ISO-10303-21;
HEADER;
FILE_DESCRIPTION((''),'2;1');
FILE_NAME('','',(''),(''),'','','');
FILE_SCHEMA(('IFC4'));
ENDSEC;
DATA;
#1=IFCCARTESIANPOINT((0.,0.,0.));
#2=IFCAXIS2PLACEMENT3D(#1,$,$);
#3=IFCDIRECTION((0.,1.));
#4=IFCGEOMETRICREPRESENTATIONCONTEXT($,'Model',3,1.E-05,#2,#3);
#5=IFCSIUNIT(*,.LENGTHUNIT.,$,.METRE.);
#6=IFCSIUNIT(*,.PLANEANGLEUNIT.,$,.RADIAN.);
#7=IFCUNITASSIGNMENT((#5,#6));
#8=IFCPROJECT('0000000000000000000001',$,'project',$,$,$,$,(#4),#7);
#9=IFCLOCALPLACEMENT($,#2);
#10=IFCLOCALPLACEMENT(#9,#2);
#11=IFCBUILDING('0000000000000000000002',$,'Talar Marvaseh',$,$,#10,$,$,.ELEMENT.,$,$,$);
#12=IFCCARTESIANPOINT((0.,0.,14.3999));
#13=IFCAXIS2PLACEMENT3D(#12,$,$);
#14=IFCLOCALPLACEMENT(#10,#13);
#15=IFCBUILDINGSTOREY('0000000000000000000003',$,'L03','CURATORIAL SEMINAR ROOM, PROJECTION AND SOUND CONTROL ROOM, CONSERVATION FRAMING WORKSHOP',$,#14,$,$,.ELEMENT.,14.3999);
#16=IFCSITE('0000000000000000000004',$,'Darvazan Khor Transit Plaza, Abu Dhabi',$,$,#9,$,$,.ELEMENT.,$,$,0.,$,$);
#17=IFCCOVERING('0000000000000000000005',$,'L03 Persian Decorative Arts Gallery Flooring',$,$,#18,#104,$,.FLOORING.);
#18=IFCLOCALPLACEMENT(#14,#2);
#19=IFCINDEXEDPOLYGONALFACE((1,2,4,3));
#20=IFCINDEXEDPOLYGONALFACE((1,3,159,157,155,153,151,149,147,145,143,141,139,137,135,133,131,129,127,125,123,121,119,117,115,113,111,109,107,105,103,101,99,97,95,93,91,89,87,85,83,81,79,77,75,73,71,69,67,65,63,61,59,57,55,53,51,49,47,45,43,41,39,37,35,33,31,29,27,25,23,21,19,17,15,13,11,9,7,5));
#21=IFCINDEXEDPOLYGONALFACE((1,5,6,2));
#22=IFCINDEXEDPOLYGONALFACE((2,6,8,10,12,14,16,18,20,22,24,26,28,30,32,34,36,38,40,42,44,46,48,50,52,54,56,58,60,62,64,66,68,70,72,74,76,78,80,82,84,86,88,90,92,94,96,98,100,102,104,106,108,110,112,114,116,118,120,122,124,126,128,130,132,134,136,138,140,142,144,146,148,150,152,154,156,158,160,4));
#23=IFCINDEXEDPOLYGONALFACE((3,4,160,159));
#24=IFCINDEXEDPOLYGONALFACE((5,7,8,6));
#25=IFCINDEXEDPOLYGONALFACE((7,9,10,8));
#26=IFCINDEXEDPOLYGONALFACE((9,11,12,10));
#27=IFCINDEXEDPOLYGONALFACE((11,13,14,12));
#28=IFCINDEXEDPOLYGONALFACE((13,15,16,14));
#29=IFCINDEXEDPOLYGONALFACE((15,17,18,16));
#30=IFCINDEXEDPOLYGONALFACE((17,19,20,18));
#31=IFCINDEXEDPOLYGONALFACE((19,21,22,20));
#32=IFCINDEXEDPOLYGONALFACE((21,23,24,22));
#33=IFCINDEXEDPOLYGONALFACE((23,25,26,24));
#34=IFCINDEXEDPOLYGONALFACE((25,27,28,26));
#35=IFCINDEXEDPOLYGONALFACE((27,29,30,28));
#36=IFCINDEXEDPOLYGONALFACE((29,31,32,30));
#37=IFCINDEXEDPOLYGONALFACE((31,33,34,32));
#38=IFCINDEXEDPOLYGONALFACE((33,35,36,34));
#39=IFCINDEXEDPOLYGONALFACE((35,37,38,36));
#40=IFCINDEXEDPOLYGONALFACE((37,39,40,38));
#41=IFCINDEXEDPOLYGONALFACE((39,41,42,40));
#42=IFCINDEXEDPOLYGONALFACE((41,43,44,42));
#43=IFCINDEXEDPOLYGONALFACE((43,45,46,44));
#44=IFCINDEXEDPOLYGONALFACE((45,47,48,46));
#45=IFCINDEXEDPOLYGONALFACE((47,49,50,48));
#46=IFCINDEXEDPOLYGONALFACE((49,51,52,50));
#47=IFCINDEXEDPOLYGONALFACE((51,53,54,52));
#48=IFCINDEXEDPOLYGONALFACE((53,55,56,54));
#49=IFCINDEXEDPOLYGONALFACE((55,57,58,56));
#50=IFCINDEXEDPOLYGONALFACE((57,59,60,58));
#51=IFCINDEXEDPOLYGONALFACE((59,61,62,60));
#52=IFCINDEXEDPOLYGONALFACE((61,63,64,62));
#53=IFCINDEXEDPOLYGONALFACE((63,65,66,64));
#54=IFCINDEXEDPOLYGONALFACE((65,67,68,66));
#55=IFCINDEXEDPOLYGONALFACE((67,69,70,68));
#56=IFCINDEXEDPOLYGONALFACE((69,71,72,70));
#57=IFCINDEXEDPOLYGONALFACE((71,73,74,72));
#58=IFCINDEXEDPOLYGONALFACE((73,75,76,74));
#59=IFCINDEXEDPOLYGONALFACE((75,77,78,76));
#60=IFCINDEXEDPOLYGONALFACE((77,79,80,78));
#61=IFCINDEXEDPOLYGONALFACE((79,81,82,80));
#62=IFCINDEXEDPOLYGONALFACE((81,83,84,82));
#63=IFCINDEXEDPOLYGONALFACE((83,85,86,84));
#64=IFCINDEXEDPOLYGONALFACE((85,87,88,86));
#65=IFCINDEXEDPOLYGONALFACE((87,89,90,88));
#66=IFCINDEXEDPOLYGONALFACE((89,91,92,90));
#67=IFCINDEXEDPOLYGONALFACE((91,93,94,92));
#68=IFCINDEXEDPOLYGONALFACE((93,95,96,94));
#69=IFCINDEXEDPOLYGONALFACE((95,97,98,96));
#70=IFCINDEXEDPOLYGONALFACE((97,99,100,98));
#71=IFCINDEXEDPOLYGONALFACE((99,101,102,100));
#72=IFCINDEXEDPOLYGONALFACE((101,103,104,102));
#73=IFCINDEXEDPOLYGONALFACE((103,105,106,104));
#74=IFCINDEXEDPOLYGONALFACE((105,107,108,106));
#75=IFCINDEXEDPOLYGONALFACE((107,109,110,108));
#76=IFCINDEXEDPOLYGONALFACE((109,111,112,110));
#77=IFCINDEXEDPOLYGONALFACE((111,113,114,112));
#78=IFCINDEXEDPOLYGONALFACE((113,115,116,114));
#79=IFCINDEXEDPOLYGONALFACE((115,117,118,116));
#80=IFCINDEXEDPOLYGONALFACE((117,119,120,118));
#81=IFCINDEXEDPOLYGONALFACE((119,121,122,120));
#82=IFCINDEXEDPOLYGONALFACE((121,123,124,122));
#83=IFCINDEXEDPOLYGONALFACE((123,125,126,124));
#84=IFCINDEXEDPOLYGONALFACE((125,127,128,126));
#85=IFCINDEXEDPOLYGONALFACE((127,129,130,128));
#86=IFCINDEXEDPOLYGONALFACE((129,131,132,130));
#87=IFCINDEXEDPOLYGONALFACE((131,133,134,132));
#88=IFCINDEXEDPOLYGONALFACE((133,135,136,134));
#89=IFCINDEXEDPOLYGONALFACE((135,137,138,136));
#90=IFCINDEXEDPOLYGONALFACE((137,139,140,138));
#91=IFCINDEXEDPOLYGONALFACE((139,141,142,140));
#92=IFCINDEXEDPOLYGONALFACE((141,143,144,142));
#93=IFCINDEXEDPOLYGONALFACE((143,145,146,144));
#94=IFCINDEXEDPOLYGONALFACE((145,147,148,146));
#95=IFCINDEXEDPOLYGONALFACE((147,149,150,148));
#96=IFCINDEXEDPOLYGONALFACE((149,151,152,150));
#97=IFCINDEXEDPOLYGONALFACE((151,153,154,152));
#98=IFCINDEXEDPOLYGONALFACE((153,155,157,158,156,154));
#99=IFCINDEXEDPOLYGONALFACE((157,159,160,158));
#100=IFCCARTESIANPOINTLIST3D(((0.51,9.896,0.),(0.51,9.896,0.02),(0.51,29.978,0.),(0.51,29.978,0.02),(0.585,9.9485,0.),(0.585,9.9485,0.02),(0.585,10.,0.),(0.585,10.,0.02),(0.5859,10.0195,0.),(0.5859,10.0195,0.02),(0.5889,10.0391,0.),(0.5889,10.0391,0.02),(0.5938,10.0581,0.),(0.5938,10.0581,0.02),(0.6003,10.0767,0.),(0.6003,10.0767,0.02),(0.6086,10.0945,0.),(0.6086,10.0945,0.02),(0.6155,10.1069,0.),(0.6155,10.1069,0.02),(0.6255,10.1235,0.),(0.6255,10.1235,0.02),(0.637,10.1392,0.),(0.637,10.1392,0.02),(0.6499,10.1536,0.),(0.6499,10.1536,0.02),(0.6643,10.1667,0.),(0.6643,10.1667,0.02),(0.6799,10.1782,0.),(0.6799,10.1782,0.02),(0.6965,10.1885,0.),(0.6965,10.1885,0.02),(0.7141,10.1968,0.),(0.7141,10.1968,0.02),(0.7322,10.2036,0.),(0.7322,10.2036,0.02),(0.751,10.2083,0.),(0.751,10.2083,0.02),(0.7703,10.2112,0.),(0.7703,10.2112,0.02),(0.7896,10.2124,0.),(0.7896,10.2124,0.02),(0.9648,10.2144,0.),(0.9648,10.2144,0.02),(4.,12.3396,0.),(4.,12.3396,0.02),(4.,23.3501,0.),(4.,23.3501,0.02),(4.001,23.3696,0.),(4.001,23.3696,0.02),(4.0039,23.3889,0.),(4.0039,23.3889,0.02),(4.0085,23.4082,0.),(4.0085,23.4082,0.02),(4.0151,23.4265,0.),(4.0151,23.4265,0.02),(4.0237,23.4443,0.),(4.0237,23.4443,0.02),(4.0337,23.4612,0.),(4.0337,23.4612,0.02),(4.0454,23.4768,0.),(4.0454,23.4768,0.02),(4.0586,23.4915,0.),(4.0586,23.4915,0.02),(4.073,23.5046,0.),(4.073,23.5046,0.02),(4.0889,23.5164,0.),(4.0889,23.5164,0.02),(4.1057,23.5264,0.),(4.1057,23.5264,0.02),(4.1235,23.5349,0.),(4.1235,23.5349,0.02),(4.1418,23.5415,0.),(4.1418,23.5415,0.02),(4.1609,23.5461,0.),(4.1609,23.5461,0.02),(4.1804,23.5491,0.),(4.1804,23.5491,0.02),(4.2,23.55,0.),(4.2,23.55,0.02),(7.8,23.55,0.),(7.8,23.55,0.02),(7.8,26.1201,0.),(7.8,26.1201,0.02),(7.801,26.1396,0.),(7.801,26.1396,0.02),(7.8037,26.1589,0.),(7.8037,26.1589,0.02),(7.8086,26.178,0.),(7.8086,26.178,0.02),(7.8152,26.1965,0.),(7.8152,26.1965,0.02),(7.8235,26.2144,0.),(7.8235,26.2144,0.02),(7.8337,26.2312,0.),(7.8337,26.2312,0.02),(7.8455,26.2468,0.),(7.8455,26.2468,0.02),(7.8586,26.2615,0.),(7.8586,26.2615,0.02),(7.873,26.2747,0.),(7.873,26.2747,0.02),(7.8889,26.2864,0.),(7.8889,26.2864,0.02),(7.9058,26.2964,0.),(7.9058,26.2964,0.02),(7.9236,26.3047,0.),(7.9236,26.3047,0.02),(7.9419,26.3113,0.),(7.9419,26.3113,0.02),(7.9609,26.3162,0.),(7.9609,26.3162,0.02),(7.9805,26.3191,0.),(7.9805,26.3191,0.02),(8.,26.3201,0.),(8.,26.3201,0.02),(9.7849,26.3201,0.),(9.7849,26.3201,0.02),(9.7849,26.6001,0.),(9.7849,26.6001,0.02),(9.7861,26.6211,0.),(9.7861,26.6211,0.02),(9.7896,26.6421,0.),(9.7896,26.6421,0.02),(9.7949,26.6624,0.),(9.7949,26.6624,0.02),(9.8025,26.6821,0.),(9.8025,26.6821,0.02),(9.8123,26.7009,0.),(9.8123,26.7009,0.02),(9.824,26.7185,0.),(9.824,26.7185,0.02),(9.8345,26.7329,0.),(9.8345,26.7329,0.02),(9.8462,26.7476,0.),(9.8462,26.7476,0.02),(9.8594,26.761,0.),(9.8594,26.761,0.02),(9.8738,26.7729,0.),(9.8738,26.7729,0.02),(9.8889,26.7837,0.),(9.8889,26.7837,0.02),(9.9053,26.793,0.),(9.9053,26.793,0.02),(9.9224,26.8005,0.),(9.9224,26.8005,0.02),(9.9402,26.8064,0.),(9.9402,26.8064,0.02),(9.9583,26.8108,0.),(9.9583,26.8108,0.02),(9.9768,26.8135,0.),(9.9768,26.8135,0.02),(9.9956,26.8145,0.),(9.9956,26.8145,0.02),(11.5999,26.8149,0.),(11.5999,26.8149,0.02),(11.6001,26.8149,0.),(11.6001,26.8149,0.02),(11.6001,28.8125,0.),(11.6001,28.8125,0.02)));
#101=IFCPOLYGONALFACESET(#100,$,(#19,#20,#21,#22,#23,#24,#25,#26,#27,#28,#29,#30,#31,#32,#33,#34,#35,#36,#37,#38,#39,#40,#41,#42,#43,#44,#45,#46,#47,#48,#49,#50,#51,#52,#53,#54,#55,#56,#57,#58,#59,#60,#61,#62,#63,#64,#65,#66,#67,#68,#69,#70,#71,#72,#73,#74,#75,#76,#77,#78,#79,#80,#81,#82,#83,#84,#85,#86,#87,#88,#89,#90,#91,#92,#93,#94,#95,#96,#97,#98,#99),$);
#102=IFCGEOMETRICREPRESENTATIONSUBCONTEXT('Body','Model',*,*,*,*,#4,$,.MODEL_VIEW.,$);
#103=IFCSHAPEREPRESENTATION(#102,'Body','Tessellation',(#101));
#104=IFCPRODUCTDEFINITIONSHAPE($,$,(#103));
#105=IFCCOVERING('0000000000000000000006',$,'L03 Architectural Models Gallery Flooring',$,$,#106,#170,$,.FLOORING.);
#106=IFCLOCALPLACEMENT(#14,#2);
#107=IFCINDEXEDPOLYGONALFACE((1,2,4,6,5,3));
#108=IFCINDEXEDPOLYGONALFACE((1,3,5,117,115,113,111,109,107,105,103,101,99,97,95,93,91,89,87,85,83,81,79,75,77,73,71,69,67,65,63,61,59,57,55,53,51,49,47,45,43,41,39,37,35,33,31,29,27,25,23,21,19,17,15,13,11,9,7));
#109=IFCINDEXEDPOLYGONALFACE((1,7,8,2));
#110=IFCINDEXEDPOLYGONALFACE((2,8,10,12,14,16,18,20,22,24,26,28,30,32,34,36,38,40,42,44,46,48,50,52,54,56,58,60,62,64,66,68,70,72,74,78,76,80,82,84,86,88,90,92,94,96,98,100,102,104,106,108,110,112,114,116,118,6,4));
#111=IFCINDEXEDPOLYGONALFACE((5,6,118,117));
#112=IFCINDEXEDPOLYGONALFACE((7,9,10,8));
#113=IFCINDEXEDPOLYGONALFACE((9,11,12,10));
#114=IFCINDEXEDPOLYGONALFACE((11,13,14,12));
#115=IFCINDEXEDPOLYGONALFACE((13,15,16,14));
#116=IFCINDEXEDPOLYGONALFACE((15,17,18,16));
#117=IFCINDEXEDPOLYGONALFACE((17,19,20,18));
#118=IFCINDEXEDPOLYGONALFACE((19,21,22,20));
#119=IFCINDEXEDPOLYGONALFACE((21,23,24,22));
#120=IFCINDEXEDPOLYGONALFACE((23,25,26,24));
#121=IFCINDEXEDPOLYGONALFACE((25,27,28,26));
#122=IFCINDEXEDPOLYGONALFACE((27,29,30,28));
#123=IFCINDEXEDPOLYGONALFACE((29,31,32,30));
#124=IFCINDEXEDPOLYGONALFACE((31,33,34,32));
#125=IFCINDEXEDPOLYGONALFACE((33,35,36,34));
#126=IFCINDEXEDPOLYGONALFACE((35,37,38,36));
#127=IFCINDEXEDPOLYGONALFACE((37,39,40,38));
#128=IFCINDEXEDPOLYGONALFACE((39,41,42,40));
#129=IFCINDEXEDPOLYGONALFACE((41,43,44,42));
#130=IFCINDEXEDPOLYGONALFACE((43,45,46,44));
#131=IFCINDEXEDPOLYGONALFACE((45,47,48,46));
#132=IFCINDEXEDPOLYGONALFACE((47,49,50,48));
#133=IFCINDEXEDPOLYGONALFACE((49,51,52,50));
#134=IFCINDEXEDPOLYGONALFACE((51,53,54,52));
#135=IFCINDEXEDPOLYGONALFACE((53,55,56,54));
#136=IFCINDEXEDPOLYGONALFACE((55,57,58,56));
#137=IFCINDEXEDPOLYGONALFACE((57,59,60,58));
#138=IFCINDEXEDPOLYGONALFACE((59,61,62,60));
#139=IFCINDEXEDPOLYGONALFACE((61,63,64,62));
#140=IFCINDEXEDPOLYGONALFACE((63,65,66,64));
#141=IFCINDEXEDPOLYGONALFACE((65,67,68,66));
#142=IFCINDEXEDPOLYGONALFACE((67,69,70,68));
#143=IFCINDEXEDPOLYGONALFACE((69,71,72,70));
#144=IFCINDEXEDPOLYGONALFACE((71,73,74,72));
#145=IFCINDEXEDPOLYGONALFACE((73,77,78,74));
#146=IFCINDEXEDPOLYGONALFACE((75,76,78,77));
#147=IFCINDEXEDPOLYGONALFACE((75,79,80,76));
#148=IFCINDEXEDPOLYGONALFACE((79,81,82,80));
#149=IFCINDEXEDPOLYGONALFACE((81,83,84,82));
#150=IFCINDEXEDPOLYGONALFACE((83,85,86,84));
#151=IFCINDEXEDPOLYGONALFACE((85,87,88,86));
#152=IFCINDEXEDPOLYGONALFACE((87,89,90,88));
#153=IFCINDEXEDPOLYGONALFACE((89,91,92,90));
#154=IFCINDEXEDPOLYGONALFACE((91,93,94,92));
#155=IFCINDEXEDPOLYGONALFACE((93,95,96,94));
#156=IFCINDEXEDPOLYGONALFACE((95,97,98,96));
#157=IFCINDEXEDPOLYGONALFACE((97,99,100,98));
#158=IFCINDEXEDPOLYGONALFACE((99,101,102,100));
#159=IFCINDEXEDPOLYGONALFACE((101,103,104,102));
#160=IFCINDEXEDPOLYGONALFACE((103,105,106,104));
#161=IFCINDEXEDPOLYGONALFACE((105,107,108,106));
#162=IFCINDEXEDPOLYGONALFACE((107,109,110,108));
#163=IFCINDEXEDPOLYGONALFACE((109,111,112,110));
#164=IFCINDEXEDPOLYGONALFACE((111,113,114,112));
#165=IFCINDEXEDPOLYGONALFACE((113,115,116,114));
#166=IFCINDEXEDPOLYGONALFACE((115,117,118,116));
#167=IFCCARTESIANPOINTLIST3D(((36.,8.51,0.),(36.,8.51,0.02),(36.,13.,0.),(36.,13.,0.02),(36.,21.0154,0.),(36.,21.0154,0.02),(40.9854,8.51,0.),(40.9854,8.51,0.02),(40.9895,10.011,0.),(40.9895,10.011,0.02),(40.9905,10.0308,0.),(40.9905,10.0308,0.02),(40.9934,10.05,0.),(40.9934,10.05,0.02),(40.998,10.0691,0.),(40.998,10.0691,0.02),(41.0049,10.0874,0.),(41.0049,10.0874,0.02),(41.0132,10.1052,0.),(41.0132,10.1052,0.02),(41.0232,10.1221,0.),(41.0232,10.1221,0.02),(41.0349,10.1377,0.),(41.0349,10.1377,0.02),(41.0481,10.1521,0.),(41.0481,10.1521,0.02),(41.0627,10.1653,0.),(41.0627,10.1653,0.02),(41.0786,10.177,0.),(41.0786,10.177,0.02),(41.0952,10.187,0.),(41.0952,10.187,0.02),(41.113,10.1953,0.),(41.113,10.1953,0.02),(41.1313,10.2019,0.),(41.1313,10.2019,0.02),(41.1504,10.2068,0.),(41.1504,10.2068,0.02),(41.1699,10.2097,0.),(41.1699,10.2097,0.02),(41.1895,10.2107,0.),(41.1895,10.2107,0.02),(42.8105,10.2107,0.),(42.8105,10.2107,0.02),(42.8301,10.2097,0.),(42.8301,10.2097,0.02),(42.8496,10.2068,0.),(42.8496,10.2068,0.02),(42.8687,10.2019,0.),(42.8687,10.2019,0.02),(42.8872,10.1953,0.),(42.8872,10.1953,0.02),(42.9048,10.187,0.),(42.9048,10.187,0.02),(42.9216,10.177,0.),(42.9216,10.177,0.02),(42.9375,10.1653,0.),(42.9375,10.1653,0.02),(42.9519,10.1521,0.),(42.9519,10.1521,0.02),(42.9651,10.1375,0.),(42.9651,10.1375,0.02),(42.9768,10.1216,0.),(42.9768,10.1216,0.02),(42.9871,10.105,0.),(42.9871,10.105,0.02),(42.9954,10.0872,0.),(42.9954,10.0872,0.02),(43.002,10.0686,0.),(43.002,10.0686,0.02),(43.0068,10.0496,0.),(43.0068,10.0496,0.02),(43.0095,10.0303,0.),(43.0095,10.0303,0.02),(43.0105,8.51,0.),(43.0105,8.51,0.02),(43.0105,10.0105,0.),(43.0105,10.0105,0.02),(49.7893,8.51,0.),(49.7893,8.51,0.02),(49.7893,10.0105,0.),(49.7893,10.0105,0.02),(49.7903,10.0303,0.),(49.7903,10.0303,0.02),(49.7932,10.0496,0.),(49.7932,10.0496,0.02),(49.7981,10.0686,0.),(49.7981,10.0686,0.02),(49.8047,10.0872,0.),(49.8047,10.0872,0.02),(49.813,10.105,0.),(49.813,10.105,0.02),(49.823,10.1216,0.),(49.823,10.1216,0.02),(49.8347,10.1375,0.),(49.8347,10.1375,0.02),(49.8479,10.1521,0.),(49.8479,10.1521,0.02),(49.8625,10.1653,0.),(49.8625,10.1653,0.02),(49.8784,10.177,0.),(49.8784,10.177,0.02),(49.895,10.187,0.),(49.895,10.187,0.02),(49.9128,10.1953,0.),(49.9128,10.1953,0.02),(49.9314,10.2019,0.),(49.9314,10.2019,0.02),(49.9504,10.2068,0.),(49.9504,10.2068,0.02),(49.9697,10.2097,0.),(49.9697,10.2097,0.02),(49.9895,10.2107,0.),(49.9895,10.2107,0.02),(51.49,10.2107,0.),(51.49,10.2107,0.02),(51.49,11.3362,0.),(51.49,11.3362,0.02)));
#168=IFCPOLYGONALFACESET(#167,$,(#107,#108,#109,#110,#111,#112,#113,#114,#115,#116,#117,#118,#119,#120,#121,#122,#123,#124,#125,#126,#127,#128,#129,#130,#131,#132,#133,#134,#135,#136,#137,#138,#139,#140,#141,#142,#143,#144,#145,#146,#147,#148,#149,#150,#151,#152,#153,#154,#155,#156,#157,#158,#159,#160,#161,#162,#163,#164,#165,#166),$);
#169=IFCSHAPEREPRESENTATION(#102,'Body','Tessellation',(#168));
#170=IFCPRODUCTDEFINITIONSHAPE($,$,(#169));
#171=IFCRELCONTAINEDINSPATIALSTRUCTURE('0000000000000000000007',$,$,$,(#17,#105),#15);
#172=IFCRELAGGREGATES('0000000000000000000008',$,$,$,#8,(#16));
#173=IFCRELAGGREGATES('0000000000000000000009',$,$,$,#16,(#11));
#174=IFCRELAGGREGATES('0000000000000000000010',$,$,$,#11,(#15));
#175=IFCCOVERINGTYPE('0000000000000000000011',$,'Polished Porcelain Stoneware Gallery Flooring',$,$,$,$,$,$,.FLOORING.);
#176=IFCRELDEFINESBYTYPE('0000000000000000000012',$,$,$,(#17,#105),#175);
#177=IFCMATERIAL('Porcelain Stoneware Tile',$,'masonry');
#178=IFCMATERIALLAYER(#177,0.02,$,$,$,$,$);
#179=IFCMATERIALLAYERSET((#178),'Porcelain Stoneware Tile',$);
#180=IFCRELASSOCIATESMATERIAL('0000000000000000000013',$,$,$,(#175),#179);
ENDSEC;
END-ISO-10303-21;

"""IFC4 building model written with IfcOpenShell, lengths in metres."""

from ifc_helpers import new_model, si_unit, direction, frame, origin, place, context, subcontext, project, spatial, polyline, outline, extrude, material, layer, layer_set, type_object, element, save


model = new_model("IFC4")

# Units and contexts
model_context = context("Model", 3, precision=1e-05, world=origin(), true_north=direction((0.0, 1.0)))
body_context = subcontext(model_context, "Body", "Model", "MODEL_VIEW")
ifc_project = project(units=[si_unit("LENGTHUNIT", "METRE"), si_unit("PLANEANGLEUNIT", "RADIAN")], contexts=[model_context])

# Site, building, storey
site_placement = place(None, origin())
site = spatial("IfcSite", under=ifc_project, at=site_placement, Name="Darvazan Khor Transit Plaza, Abu Dhabi", CompositionType="ELEMENT", RefElevation=0.0)
building_placement = place(site_placement, origin())
building = spatial("IfcBuilding", under=site, at=building_placement, Name="Talar Marvaseh", CompositionType="ELEMENT")
storey_placement = place(building_placement, frame((0.0, 0.0, 14.3999)))
storey = spatial("IfcBuildingStorey", under=building, at=storey_placement, Name="L03", Description="CURATORIAL SEMINAR ROOM, PROJECTION AND SOUND CONTROL ROOM, CONSERVATION FRAMING WORKSHOP", CompositionType="ELEMENT", Elevation=14.3999)

# Coverings
ifc_material_1 = material(Name="Porcelain Stoneware Tile", Category="masonry")
ifc_layer_1 = layer(ifc_material_1, 0.02)
ifc_layer_set_1 = layer_set([ifc_layer_1], Name="Porcelain Stoneware Tile")
covering_type_1 = type_object("IfcCoveringType", Name="Polished Porcelain Stoneware Gallery Flooring", PredefinedType="FLOORING", material=ifc_layer_set_1)
covering_1_placement = place(storey_placement, origin())
element("IfcCovering", 1, at=covering_1_placement, inside=storey, type_object=covering_type_1, Name="L03 Persian Decorative Arts Gallery Flooring", PredefinedType="FLOORING", context=body_context, shape_type="SweptSolid", body=[
    extrude(outline(polyline([(9.9956, 26.8145), (9.9768, 26.8135), (9.9583, 26.8108), (9.9402, 26.8064), (9.9224, 26.8005), (9.9053, 26.793), (9.8889, 26.7837), (9.8738, 26.7729), (9.8594, 26.761), (9.8462, 26.7476), (9.8345, 26.7329), (9.824, 26.7185), (9.8123, 26.7009), (9.8025, 26.6821), (9.7949, 26.6624), (9.7896, 26.6421), (9.7861, 26.6211), (9.7849, 26.6001), (9.7849, 26.3201), (8.0, 26.3201), (7.9805, 26.3191), (7.9609, 26.3162), (7.9419, 26.3113), (7.9236, 26.3047), (7.9058, 26.2964), (7.8889, 26.2864), (7.873, 26.2747), (7.8586, 26.2615), (7.8455, 26.2468), (7.8337, 26.2312), (7.8235, 26.2144), (7.8152, 26.1965), (7.8086, 26.178), (7.8037, 26.1589), (7.801, 26.1396), (7.8, 26.1201), (7.8, 23.55), (4.2, 23.55), (4.1804, 23.5491), (4.1609, 23.5461), (4.1418, 23.5415), (4.1235, 23.5349), (4.1057, 23.5264), (4.0889, 23.5164), (4.073, 23.5046), (4.0586, 23.4915), (4.0454, 23.4768), (4.0337, 23.4612), (4.0237, 23.4443), (4.0151, 23.4265), (4.0085, 23.4082), (4.0039, 23.3889), (4.001, 23.3696), (4.0, 23.3501), (4.0, 12.3396), (0.9648, 10.2144), (0.7896, 10.2124), (0.7703, 10.2112), (0.751, 10.2083), (0.7322, 10.2036), (0.7141, 10.1968), (0.6965, 10.1885), (0.6799, 10.1782), (0.6643, 10.1667), (0.6499, 10.1536), (0.637, 10.1392), (0.6255, 10.1235), (0.6155, 10.1069), (0.6086, 10.0945), (0.6003, 10.0767), (0.5938, 10.0581), (0.5889, 10.0391), (0.5859, 10.0195), (0.585, 10.0), (0.585, 9.9485), (0.51, 9.896), (0.51, 29.978), (11.6001, 28.8125), (11.6001, 26.8149), (11.5999, 26.8149), (9.9956, 26.8145)])), origin(), (0.0, 0.0, 1.0), 0.02),
])
covering_2_placement = place(storey_placement, origin())
element("IfcCovering", 2, at=covering_2_placement, inside=storey, type_object=covering_type_1, Name="L03 Architectural Models Gallery Flooring", PredefinedType="FLOORING", context=body_context, shape_type="SweptSolid", body=[
    extrude(outline(polyline([(51.49, 11.3362), (51.49, 10.2107), (49.9895, 10.2107), (49.9697, 10.2097), (49.9504, 10.2068), (49.9314, 10.2019), (49.9128, 10.1953), (49.895, 10.187), (49.8784, 10.177), (49.8625, 10.1653), (49.8479, 10.1521), (49.8347, 10.1375), (49.823, 10.1216), (49.813, 10.105), (49.8047, 10.0872), (49.7981, 10.0686), (49.7932, 10.0496), (49.7903, 10.0303), (49.7893, 10.0105), (49.7893, 8.51), (43.0105, 8.51), (43.0105, 10.0105), (43.0095, 10.0303), (43.0068, 10.0496), (43.002, 10.0686), (42.9954, 10.0872), (42.9871, 10.105), (42.9768, 10.1216), (42.9651, 10.1375), (42.9519, 10.1521), (42.9375, 10.1653), (42.9216, 10.177), (42.9048, 10.187), (42.8872, 10.1953), (42.8687, 10.2019), (42.8496, 10.2068), (42.8301, 10.2097), (42.8105, 10.2107), (41.1895, 10.2107), (41.1699, 10.2097), (41.1504, 10.2068), (41.1313, 10.2019), (41.113, 10.1953), (41.0952, 10.187), (41.0786, 10.177), (41.0627, 10.1653), (41.0481, 10.1521), (41.0349, 10.1377), (41.0232, 10.1221), (41.0132, 10.1052), (41.0049, 10.0874), (40.998, 10.0691), (40.9934, 10.05), (40.9905, 10.0308), (40.9895, 10.011), (40.9854, 8.51), (36.0, 8.51), (36.0, 13.0), (36.0, 21.0154), (51.49, 11.3362)])), origin(), (0.0, 0.0, 1.0), 0.02),
])

save(model, "model.ifc")
